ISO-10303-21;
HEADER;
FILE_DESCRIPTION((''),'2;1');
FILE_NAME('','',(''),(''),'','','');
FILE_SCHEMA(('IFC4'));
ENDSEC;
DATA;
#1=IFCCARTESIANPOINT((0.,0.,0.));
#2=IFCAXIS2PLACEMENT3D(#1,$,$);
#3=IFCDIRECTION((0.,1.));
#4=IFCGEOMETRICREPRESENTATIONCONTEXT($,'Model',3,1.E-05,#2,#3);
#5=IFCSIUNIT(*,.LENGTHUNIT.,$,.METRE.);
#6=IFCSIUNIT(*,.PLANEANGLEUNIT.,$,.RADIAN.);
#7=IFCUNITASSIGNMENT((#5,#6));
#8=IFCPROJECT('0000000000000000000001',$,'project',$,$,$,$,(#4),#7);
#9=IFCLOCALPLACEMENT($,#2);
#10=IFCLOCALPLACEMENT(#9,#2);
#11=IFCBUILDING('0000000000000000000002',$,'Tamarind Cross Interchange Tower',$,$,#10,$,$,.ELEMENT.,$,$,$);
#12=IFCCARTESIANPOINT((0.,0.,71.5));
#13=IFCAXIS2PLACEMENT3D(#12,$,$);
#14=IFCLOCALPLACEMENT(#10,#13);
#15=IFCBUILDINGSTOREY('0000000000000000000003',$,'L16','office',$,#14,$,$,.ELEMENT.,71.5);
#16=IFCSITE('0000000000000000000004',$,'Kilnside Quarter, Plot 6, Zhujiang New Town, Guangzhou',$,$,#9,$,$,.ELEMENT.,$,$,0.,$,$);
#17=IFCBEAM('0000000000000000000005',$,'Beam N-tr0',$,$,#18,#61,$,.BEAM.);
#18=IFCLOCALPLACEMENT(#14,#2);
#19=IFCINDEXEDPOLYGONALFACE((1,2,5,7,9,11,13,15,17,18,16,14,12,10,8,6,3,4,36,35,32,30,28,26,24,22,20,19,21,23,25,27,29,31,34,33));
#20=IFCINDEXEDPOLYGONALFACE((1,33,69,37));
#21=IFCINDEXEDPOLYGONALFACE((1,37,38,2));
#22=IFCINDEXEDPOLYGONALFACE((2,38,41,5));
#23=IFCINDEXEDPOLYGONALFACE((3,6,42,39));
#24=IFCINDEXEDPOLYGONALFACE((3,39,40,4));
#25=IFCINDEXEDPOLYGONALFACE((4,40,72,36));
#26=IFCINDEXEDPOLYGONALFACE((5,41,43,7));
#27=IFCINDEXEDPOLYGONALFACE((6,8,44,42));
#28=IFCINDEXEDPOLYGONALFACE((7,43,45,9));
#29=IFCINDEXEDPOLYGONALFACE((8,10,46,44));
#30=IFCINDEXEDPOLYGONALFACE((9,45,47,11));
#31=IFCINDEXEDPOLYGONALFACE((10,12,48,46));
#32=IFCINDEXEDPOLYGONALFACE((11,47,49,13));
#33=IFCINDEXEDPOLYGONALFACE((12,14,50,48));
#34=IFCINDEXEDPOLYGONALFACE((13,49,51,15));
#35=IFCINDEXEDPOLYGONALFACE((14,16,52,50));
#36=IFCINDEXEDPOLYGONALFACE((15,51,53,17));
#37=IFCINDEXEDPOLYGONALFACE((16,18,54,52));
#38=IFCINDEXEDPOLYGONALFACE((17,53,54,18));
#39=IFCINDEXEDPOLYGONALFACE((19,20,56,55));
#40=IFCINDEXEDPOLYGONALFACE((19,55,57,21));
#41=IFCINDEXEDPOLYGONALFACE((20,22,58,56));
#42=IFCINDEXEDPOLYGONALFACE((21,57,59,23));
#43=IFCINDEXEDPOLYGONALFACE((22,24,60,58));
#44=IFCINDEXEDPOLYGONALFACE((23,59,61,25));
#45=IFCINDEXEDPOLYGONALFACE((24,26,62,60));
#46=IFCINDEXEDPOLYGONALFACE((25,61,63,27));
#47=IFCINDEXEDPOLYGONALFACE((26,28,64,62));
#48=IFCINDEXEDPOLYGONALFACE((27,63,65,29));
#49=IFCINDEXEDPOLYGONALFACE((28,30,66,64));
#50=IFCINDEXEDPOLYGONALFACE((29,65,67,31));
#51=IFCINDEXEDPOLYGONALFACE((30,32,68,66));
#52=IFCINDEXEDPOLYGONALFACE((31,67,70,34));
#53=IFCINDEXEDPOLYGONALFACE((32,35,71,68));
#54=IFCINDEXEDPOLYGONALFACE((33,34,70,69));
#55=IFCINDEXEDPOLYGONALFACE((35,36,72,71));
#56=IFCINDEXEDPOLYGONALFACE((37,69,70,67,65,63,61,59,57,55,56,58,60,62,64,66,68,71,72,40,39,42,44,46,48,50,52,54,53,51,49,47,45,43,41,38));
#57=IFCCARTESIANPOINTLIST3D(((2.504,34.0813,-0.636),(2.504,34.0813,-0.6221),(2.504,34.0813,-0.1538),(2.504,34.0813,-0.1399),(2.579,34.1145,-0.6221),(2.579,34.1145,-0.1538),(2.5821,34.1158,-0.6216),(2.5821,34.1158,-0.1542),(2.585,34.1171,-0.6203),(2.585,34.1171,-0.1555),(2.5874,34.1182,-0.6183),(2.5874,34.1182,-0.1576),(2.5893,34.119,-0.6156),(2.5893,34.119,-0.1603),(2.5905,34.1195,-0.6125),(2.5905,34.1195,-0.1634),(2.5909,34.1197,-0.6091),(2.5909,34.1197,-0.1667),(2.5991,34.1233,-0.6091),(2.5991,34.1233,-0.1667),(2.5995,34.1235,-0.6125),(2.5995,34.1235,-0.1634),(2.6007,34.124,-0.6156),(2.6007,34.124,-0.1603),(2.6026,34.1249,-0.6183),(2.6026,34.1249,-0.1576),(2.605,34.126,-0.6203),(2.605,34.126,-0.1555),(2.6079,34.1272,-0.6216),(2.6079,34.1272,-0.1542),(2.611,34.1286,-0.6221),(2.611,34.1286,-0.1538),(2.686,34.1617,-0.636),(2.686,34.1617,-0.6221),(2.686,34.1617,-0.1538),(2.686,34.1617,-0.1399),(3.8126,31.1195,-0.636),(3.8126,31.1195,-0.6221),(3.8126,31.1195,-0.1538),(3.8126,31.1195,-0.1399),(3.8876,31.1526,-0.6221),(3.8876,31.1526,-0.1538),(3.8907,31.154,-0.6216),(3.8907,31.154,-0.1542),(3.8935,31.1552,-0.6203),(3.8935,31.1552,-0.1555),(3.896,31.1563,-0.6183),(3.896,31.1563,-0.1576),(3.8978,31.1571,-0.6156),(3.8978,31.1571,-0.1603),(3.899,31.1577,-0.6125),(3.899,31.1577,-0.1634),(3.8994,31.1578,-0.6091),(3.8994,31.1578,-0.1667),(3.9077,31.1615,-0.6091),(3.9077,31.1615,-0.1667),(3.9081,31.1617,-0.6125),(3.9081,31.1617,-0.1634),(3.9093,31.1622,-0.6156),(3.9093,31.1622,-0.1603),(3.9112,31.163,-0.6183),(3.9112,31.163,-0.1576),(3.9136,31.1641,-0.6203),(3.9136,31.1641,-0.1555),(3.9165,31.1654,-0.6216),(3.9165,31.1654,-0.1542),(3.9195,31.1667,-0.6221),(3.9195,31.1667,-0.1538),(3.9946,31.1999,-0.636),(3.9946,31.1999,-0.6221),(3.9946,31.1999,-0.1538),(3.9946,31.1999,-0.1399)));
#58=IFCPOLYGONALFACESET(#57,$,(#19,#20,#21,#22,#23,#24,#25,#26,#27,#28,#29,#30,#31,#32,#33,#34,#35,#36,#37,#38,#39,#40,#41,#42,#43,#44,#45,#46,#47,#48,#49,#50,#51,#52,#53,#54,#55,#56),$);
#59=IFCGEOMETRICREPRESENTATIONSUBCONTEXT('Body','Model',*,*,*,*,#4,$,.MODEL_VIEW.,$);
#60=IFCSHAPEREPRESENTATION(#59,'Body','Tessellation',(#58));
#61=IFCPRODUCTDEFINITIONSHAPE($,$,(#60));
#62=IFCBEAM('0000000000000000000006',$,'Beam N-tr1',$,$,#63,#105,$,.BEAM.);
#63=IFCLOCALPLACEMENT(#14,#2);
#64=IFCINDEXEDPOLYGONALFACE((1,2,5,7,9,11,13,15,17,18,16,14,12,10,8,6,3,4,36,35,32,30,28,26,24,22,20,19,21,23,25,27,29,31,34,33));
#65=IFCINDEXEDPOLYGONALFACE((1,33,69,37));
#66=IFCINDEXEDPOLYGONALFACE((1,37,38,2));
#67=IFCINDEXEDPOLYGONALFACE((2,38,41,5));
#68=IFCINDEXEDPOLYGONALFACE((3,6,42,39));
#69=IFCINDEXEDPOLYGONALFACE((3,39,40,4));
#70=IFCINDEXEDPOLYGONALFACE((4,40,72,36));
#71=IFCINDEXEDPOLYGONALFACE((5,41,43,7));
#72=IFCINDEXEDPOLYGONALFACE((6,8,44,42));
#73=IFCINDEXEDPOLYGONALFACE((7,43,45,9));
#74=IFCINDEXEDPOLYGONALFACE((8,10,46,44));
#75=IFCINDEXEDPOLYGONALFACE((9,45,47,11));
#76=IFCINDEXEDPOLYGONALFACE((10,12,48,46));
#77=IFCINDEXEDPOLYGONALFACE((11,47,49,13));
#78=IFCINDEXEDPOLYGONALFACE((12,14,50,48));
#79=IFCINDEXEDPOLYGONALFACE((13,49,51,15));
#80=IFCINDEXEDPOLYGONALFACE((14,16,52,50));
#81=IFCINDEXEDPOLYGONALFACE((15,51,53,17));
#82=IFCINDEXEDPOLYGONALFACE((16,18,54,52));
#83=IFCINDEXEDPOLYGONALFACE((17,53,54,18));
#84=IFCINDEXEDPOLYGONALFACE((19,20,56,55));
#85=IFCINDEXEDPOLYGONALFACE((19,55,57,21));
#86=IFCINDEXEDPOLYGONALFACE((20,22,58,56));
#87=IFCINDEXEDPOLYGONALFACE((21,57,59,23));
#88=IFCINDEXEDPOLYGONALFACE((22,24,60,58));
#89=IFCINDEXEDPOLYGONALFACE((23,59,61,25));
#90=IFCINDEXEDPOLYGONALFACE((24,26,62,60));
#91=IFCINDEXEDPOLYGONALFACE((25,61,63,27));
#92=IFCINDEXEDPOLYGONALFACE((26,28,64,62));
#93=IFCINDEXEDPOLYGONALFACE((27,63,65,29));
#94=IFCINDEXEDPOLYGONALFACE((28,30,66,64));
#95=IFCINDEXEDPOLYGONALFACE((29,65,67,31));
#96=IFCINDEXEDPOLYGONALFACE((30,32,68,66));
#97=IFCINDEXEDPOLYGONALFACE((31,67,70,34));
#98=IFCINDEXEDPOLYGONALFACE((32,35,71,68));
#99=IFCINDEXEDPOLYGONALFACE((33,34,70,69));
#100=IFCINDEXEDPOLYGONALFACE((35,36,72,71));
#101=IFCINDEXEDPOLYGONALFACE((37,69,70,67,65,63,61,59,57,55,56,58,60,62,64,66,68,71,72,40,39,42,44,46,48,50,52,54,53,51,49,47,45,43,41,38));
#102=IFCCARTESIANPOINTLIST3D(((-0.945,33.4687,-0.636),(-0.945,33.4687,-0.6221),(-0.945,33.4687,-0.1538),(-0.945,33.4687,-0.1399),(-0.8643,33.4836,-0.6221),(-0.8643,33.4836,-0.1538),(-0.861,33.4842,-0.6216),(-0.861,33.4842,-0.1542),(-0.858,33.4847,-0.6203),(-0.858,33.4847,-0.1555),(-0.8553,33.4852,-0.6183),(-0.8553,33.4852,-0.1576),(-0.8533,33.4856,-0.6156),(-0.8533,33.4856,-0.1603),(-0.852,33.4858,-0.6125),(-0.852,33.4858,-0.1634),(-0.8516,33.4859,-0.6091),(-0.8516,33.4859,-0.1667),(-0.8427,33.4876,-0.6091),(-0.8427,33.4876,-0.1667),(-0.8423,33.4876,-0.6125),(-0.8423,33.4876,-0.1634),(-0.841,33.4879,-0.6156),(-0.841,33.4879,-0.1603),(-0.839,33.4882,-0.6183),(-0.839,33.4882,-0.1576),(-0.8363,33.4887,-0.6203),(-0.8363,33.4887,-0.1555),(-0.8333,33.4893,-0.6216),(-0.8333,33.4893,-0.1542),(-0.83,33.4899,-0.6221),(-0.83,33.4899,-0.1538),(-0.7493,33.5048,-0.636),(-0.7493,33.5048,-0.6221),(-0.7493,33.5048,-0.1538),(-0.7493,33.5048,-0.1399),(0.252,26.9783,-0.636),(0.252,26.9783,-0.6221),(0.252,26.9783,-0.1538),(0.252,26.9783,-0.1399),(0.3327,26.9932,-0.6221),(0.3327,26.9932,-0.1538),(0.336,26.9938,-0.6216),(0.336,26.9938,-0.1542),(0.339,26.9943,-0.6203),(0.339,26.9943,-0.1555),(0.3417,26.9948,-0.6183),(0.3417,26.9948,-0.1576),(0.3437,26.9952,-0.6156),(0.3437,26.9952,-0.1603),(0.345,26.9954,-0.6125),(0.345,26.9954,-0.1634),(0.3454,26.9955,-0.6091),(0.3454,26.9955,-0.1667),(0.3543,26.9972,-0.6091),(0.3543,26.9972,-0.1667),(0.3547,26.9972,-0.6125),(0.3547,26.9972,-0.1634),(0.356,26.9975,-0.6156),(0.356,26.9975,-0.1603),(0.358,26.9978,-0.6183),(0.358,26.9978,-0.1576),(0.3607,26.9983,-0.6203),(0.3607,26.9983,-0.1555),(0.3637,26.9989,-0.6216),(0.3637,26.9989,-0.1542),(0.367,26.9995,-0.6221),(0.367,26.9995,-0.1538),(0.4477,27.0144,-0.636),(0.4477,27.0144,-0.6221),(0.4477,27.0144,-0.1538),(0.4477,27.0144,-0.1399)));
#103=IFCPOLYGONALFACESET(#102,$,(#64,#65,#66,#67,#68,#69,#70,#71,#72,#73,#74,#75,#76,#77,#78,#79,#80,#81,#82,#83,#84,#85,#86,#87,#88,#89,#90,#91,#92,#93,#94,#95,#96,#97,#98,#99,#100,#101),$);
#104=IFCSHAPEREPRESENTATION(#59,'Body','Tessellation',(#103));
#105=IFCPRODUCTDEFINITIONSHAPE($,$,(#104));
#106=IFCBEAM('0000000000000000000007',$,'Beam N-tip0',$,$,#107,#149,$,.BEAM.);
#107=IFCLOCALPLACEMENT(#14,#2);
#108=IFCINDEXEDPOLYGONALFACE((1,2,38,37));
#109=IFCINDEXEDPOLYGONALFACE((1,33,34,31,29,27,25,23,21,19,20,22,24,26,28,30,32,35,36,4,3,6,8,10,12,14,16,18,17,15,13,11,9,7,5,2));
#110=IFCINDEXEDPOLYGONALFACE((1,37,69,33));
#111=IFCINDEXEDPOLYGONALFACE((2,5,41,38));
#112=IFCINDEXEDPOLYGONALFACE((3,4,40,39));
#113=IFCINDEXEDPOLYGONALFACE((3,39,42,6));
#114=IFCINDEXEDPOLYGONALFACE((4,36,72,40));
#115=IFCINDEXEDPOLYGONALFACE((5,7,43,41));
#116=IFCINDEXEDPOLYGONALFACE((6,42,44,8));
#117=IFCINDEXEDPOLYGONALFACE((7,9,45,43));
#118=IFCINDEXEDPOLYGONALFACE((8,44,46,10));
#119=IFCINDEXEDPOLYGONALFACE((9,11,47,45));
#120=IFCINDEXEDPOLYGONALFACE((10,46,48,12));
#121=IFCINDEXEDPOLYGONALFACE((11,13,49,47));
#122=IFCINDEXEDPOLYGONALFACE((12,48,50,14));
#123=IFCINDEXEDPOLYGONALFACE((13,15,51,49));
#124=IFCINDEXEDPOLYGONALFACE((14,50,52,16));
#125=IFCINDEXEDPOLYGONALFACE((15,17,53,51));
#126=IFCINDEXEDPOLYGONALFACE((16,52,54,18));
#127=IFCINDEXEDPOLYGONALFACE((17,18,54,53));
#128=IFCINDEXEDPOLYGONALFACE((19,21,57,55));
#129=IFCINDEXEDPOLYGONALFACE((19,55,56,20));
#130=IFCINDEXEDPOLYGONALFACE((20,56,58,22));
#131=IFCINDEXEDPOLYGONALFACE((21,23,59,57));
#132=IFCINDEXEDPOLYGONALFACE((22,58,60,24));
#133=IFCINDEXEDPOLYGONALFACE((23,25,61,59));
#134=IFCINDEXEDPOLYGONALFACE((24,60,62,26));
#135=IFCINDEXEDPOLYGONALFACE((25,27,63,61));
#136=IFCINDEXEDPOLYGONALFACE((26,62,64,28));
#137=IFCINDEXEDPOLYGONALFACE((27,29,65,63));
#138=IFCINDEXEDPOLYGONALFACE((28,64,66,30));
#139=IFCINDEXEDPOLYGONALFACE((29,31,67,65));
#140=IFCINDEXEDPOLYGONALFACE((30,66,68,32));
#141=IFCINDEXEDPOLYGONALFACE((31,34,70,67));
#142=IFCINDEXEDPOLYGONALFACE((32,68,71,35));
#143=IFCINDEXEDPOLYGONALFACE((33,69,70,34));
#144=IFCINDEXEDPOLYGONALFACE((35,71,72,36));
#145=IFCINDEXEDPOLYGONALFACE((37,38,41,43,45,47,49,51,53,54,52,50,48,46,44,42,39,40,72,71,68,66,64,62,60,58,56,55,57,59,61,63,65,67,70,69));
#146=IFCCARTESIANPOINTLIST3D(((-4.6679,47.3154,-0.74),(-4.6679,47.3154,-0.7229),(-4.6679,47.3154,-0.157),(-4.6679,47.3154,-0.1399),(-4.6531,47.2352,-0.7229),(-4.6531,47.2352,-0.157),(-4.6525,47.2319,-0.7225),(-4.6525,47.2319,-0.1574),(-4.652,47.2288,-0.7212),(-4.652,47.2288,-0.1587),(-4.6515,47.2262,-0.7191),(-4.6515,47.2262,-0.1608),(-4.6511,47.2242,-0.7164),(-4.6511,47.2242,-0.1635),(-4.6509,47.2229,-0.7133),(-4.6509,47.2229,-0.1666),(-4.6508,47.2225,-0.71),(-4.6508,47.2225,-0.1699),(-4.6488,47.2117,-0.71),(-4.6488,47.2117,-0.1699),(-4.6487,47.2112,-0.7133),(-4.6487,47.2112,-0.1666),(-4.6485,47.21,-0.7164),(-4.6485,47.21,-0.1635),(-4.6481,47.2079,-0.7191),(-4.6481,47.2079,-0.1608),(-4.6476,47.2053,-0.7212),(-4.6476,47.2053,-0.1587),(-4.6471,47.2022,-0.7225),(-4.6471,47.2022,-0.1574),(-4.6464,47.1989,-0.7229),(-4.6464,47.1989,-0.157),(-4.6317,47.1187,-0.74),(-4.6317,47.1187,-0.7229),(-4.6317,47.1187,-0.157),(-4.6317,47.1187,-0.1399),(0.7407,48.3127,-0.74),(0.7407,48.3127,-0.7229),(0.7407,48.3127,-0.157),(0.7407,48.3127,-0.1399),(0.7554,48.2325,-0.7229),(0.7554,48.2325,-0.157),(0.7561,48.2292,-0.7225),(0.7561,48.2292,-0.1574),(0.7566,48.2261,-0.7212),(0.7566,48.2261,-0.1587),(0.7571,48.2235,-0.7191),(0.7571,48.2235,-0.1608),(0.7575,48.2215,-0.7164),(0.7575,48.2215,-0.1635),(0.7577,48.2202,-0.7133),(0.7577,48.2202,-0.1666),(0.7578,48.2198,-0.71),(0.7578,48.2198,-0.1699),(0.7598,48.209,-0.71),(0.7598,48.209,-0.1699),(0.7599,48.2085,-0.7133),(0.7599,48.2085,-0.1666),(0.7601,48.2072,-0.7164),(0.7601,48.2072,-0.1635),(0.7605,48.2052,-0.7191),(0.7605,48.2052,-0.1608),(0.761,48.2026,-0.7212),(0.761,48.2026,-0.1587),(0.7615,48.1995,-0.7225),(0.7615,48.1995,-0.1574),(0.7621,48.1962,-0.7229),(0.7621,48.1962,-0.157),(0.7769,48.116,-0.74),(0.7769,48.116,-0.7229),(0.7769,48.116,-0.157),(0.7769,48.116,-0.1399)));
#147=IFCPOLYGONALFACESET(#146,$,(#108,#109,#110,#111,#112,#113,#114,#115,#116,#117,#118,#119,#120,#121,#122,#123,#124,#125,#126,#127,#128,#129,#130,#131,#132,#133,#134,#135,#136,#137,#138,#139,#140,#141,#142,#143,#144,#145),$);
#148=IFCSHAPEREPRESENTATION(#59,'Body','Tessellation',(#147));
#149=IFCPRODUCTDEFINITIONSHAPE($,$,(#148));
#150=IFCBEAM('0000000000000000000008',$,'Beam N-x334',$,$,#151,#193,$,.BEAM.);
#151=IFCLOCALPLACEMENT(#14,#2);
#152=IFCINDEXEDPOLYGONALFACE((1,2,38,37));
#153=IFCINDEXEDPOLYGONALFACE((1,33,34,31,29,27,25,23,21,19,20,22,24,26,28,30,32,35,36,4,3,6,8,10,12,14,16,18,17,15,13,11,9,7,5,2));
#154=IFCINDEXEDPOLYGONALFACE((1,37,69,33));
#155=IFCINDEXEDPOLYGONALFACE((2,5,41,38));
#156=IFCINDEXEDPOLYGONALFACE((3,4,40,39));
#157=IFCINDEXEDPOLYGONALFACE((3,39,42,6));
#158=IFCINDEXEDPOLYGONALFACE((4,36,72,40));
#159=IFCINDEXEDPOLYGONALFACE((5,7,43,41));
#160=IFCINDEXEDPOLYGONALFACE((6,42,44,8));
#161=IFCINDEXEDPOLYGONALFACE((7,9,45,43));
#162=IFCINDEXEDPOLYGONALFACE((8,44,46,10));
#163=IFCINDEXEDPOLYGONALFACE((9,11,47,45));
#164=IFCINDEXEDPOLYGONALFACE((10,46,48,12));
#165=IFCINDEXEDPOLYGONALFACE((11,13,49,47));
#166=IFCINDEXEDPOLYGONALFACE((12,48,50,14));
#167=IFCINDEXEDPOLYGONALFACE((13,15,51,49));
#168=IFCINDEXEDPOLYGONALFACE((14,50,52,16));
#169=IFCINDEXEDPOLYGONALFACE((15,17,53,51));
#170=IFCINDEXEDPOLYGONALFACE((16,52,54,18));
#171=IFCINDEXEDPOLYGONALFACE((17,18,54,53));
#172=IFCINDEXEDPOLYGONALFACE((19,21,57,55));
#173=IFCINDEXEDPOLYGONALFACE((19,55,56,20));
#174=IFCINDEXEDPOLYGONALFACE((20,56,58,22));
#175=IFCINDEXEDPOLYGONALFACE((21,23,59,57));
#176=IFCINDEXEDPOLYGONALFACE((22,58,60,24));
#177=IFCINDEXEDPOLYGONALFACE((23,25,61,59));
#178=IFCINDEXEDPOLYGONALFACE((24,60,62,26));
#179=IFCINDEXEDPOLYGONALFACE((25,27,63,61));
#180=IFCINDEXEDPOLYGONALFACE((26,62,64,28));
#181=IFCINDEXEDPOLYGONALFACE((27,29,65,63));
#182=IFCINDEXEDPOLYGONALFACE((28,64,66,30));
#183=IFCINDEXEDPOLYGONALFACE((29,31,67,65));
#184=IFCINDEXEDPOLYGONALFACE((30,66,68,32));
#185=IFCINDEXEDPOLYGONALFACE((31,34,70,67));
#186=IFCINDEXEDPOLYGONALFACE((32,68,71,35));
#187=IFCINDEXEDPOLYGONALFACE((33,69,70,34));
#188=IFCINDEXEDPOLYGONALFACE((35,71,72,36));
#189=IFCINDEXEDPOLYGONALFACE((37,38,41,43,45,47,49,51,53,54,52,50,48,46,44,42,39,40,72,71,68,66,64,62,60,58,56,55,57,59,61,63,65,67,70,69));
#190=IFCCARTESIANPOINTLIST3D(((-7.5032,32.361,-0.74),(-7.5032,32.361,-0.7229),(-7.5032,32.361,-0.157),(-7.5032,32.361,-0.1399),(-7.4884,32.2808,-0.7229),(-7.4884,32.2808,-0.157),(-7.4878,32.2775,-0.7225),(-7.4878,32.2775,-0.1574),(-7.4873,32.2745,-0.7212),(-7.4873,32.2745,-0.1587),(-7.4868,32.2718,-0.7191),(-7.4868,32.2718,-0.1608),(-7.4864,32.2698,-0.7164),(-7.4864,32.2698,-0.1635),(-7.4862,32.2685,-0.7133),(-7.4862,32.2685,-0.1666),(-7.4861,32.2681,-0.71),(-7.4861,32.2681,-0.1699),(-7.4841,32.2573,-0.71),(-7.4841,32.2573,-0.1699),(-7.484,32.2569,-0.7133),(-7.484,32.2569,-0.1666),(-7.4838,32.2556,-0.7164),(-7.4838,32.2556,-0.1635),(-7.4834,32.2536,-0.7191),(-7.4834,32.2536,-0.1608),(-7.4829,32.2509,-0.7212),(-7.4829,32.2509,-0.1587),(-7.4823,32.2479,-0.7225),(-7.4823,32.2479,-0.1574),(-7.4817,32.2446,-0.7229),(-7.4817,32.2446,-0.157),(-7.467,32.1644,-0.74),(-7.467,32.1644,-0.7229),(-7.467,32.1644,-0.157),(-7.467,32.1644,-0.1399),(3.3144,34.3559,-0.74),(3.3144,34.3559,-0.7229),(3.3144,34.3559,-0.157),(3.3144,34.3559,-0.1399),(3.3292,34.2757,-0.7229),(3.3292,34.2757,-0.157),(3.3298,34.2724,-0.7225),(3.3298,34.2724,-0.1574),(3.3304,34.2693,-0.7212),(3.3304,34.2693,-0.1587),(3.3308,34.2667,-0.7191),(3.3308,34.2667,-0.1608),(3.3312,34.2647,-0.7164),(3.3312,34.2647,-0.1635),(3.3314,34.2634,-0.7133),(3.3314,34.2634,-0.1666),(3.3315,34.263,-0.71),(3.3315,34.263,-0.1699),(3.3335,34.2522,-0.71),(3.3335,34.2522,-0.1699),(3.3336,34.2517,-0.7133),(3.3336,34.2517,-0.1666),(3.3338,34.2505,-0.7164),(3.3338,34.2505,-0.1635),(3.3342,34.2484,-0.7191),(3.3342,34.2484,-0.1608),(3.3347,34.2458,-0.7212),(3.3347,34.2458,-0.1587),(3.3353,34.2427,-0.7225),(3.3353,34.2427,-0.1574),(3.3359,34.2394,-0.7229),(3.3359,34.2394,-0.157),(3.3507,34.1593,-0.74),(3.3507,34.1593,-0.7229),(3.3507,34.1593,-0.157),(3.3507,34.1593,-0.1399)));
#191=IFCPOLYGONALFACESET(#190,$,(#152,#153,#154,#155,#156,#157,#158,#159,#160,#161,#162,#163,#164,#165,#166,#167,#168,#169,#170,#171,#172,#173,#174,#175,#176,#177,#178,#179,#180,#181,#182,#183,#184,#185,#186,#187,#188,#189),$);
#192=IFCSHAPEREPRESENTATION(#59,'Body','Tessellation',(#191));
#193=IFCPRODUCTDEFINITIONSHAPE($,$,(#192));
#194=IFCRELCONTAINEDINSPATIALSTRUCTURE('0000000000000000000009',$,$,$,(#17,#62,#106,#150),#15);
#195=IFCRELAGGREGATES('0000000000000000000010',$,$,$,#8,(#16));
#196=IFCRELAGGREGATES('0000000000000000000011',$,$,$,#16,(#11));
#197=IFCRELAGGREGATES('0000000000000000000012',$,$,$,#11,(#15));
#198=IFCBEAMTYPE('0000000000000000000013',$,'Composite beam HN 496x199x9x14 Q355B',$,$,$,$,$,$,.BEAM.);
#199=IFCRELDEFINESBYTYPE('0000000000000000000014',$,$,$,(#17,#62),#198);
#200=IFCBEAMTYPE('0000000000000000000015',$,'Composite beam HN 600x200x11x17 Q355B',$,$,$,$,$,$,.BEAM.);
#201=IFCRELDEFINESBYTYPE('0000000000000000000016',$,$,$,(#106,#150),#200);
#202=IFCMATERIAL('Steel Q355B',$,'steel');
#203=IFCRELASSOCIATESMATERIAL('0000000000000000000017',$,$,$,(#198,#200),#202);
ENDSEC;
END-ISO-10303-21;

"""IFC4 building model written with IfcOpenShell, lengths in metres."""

from ifc_helpers import new_model, si_unit, direction, frame, origin, origin_2d, place, context, subcontext, project, spatial, i_section, extrude, material, material_profile, profile_set, type_object, element, save


model = new_model("IFC4")

# Units and contexts
model_context = context("Model", 3, precision=1e-05, world=origin(), true_north=direction((0.0, 1.0)))
body_context = subcontext(model_context, "Body", "Model", "MODEL_VIEW")
ifc_project = project(units=[si_unit("LENGTHUNIT", "METRE"), si_unit("PLANEANGLEUNIT", "RADIAN")], contexts=[model_context])

# Site, building, storey
site_placement = place(None, origin())
site = spatial("IfcSite", under=ifc_project, at=site_placement, Name="Kilnside Quarter, Plot 6, Zhujiang New Town, Guangzhou", CompositionType="ELEMENT", RefElevation=0.0)
building_placement = place(site_placement, origin())
building = spatial("IfcBuilding", under=site, at=building_placement, Name="Tamarind Cross Interchange Tower", CompositionType="ELEMENT")
storey_placement = place(building_placement, frame((0.0, 0.0, 71.5)))
storey = spatial("IfcBuildingStorey", under=building, at=storey_placement, Name="L16", Description="office", CompositionType="ELEMENT", Elevation=71.5)

# Beams
ifc_material_1 = material(Name="Steel Q355B", Category="steel")
ifc_material_profile_1 = material_profile(ifc_material_1, i_section(OverallWidth=0.199, OverallDepth=0.4961, WebThickness=0.009, FlangeThickness=0.0139, FilletRadius=0.0129, at=origin_2d()), Name="HN 496x199x9x14")
ifc_profile_set_1 = profile_set([ifc_material_profile_1], Name="Steel Q355B")
beam_type_1 = type_object("IfcBeamType", Name="Composite beam HN 496x199x9x14 Q355B", PredefinedType="BEAM", material=ifc_profile_set_1)
beam_1_placement = place(storey_placement, frame((3.9036, 31.1597, -0.3879), z_axis=(-0.404123, 0.914705, 0.0), x_axis=(-0.914705, -0.404123, 0.0)))
element("IfcBeam", 1, at=beam_1_placement, inside=storey, type_object=beam_type_1, Name="Beam N-tr0", PredefinedType="BEAM", context=body_context, shape_type="SweptSolid", body=[
    extrude(i_section(OverallWidth=0.199, OverallDepth=0.4961, WebThickness=0.009, FlangeThickness=0.0139, FilletRadius=0.0129, at=origin_2d()), origin(), (0.0, 0.0, 1.0), 3.238),
])
beam_2_placement = place(storey_placement, frame((0.3499, 26.9963, -0.3879), z_axis=(-0.181369, 0.983415, 0.0), x_axis=(-0.983415, -0.181369, 0.0)))
element("IfcBeam", 2, at=beam_2_placement, inside=storey, type_object=beam_type_1, Name="Beam N-tr1", PredefinedType="BEAM", context=body_context, shape_type="SweptSolid", body=[
    extrude(i_section(OverallWidth=0.199, OverallDepth=0.4961, WebThickness=0.009, FlangeThickness=0.0139, FilletRadius=0.0129, at=origin_2d()), origin(), (0.0, 0.0, 1.0), 6.5999),
])
ifc_material_profile_2 = material_profile(ifc_material_1, i_section(OverallWidth=0.2, OverallDepth=0.6001, WebThickness=0.011, FlangeThickness=0.0171, FilletRadius=0.0129, at=origin_2d()), Name="HN 600x200x11x17")
ifc_profile_set_2 = profile_set([ifc_material_profile_2], Name="Steel Q355B")
beam_type_2 = type_object("IfcBeamType", Name="Composite beam HN 600x200x11x17 Q355B", PredefinedType="BEAM", material=ifc_profile_set_2)
beam_3_placement = place(storey_placement, frame((0.7588, 48.2144, -0.4399), z_axis=(-0.983422, -0.181334, 0.0), x_axis=(0.181334, -0.983422, 0.0)))
element("IfcBeam", 3, at=beam_3_placement, inside=storey, type_object=beam_type_2, Name="Beam N-tip0", PredefinedType="BEAM", context=body_context, shape_type="SweptSolid", body=[
    extrude(i_section(OverallWidth=0.2, OverallDepth=0.6001, WebThickness=0.011, FlangeThickness=0.0171, FilletRadius=0.0129, at=origin_2d()), origin(), (0.0, 0.0, 1.0), 5.4998),
])
for number, where, z_axis, x_axis, name in (
    (4, (3.3325, 34.2576, -0.4399), (-0.983418, -0.181352, 0.0), (0.181352, -0.983418, 0.0), "Beam N-x334"),
):
    element("IfcBeam", number, at=place(storey_placement, frame(where, z_axis=z_axis, x_axis=x_axis)), inside=storey, type_object=beam_type_2, Name=name, PredefinedType="BEAM", context=body_context, shape_type="SweptSolid", body=[
        extrude(i_section(OverallWidth=0.2, OverallDepth=0.6001, WebThickness=0.011, FlangeThickness=0.0171, FilletRadius=0.0129, at=origin_2d()), origin(), (0.0, 0.0, 1.0), 11.0),
    ])

save(model, "model.ifc")
